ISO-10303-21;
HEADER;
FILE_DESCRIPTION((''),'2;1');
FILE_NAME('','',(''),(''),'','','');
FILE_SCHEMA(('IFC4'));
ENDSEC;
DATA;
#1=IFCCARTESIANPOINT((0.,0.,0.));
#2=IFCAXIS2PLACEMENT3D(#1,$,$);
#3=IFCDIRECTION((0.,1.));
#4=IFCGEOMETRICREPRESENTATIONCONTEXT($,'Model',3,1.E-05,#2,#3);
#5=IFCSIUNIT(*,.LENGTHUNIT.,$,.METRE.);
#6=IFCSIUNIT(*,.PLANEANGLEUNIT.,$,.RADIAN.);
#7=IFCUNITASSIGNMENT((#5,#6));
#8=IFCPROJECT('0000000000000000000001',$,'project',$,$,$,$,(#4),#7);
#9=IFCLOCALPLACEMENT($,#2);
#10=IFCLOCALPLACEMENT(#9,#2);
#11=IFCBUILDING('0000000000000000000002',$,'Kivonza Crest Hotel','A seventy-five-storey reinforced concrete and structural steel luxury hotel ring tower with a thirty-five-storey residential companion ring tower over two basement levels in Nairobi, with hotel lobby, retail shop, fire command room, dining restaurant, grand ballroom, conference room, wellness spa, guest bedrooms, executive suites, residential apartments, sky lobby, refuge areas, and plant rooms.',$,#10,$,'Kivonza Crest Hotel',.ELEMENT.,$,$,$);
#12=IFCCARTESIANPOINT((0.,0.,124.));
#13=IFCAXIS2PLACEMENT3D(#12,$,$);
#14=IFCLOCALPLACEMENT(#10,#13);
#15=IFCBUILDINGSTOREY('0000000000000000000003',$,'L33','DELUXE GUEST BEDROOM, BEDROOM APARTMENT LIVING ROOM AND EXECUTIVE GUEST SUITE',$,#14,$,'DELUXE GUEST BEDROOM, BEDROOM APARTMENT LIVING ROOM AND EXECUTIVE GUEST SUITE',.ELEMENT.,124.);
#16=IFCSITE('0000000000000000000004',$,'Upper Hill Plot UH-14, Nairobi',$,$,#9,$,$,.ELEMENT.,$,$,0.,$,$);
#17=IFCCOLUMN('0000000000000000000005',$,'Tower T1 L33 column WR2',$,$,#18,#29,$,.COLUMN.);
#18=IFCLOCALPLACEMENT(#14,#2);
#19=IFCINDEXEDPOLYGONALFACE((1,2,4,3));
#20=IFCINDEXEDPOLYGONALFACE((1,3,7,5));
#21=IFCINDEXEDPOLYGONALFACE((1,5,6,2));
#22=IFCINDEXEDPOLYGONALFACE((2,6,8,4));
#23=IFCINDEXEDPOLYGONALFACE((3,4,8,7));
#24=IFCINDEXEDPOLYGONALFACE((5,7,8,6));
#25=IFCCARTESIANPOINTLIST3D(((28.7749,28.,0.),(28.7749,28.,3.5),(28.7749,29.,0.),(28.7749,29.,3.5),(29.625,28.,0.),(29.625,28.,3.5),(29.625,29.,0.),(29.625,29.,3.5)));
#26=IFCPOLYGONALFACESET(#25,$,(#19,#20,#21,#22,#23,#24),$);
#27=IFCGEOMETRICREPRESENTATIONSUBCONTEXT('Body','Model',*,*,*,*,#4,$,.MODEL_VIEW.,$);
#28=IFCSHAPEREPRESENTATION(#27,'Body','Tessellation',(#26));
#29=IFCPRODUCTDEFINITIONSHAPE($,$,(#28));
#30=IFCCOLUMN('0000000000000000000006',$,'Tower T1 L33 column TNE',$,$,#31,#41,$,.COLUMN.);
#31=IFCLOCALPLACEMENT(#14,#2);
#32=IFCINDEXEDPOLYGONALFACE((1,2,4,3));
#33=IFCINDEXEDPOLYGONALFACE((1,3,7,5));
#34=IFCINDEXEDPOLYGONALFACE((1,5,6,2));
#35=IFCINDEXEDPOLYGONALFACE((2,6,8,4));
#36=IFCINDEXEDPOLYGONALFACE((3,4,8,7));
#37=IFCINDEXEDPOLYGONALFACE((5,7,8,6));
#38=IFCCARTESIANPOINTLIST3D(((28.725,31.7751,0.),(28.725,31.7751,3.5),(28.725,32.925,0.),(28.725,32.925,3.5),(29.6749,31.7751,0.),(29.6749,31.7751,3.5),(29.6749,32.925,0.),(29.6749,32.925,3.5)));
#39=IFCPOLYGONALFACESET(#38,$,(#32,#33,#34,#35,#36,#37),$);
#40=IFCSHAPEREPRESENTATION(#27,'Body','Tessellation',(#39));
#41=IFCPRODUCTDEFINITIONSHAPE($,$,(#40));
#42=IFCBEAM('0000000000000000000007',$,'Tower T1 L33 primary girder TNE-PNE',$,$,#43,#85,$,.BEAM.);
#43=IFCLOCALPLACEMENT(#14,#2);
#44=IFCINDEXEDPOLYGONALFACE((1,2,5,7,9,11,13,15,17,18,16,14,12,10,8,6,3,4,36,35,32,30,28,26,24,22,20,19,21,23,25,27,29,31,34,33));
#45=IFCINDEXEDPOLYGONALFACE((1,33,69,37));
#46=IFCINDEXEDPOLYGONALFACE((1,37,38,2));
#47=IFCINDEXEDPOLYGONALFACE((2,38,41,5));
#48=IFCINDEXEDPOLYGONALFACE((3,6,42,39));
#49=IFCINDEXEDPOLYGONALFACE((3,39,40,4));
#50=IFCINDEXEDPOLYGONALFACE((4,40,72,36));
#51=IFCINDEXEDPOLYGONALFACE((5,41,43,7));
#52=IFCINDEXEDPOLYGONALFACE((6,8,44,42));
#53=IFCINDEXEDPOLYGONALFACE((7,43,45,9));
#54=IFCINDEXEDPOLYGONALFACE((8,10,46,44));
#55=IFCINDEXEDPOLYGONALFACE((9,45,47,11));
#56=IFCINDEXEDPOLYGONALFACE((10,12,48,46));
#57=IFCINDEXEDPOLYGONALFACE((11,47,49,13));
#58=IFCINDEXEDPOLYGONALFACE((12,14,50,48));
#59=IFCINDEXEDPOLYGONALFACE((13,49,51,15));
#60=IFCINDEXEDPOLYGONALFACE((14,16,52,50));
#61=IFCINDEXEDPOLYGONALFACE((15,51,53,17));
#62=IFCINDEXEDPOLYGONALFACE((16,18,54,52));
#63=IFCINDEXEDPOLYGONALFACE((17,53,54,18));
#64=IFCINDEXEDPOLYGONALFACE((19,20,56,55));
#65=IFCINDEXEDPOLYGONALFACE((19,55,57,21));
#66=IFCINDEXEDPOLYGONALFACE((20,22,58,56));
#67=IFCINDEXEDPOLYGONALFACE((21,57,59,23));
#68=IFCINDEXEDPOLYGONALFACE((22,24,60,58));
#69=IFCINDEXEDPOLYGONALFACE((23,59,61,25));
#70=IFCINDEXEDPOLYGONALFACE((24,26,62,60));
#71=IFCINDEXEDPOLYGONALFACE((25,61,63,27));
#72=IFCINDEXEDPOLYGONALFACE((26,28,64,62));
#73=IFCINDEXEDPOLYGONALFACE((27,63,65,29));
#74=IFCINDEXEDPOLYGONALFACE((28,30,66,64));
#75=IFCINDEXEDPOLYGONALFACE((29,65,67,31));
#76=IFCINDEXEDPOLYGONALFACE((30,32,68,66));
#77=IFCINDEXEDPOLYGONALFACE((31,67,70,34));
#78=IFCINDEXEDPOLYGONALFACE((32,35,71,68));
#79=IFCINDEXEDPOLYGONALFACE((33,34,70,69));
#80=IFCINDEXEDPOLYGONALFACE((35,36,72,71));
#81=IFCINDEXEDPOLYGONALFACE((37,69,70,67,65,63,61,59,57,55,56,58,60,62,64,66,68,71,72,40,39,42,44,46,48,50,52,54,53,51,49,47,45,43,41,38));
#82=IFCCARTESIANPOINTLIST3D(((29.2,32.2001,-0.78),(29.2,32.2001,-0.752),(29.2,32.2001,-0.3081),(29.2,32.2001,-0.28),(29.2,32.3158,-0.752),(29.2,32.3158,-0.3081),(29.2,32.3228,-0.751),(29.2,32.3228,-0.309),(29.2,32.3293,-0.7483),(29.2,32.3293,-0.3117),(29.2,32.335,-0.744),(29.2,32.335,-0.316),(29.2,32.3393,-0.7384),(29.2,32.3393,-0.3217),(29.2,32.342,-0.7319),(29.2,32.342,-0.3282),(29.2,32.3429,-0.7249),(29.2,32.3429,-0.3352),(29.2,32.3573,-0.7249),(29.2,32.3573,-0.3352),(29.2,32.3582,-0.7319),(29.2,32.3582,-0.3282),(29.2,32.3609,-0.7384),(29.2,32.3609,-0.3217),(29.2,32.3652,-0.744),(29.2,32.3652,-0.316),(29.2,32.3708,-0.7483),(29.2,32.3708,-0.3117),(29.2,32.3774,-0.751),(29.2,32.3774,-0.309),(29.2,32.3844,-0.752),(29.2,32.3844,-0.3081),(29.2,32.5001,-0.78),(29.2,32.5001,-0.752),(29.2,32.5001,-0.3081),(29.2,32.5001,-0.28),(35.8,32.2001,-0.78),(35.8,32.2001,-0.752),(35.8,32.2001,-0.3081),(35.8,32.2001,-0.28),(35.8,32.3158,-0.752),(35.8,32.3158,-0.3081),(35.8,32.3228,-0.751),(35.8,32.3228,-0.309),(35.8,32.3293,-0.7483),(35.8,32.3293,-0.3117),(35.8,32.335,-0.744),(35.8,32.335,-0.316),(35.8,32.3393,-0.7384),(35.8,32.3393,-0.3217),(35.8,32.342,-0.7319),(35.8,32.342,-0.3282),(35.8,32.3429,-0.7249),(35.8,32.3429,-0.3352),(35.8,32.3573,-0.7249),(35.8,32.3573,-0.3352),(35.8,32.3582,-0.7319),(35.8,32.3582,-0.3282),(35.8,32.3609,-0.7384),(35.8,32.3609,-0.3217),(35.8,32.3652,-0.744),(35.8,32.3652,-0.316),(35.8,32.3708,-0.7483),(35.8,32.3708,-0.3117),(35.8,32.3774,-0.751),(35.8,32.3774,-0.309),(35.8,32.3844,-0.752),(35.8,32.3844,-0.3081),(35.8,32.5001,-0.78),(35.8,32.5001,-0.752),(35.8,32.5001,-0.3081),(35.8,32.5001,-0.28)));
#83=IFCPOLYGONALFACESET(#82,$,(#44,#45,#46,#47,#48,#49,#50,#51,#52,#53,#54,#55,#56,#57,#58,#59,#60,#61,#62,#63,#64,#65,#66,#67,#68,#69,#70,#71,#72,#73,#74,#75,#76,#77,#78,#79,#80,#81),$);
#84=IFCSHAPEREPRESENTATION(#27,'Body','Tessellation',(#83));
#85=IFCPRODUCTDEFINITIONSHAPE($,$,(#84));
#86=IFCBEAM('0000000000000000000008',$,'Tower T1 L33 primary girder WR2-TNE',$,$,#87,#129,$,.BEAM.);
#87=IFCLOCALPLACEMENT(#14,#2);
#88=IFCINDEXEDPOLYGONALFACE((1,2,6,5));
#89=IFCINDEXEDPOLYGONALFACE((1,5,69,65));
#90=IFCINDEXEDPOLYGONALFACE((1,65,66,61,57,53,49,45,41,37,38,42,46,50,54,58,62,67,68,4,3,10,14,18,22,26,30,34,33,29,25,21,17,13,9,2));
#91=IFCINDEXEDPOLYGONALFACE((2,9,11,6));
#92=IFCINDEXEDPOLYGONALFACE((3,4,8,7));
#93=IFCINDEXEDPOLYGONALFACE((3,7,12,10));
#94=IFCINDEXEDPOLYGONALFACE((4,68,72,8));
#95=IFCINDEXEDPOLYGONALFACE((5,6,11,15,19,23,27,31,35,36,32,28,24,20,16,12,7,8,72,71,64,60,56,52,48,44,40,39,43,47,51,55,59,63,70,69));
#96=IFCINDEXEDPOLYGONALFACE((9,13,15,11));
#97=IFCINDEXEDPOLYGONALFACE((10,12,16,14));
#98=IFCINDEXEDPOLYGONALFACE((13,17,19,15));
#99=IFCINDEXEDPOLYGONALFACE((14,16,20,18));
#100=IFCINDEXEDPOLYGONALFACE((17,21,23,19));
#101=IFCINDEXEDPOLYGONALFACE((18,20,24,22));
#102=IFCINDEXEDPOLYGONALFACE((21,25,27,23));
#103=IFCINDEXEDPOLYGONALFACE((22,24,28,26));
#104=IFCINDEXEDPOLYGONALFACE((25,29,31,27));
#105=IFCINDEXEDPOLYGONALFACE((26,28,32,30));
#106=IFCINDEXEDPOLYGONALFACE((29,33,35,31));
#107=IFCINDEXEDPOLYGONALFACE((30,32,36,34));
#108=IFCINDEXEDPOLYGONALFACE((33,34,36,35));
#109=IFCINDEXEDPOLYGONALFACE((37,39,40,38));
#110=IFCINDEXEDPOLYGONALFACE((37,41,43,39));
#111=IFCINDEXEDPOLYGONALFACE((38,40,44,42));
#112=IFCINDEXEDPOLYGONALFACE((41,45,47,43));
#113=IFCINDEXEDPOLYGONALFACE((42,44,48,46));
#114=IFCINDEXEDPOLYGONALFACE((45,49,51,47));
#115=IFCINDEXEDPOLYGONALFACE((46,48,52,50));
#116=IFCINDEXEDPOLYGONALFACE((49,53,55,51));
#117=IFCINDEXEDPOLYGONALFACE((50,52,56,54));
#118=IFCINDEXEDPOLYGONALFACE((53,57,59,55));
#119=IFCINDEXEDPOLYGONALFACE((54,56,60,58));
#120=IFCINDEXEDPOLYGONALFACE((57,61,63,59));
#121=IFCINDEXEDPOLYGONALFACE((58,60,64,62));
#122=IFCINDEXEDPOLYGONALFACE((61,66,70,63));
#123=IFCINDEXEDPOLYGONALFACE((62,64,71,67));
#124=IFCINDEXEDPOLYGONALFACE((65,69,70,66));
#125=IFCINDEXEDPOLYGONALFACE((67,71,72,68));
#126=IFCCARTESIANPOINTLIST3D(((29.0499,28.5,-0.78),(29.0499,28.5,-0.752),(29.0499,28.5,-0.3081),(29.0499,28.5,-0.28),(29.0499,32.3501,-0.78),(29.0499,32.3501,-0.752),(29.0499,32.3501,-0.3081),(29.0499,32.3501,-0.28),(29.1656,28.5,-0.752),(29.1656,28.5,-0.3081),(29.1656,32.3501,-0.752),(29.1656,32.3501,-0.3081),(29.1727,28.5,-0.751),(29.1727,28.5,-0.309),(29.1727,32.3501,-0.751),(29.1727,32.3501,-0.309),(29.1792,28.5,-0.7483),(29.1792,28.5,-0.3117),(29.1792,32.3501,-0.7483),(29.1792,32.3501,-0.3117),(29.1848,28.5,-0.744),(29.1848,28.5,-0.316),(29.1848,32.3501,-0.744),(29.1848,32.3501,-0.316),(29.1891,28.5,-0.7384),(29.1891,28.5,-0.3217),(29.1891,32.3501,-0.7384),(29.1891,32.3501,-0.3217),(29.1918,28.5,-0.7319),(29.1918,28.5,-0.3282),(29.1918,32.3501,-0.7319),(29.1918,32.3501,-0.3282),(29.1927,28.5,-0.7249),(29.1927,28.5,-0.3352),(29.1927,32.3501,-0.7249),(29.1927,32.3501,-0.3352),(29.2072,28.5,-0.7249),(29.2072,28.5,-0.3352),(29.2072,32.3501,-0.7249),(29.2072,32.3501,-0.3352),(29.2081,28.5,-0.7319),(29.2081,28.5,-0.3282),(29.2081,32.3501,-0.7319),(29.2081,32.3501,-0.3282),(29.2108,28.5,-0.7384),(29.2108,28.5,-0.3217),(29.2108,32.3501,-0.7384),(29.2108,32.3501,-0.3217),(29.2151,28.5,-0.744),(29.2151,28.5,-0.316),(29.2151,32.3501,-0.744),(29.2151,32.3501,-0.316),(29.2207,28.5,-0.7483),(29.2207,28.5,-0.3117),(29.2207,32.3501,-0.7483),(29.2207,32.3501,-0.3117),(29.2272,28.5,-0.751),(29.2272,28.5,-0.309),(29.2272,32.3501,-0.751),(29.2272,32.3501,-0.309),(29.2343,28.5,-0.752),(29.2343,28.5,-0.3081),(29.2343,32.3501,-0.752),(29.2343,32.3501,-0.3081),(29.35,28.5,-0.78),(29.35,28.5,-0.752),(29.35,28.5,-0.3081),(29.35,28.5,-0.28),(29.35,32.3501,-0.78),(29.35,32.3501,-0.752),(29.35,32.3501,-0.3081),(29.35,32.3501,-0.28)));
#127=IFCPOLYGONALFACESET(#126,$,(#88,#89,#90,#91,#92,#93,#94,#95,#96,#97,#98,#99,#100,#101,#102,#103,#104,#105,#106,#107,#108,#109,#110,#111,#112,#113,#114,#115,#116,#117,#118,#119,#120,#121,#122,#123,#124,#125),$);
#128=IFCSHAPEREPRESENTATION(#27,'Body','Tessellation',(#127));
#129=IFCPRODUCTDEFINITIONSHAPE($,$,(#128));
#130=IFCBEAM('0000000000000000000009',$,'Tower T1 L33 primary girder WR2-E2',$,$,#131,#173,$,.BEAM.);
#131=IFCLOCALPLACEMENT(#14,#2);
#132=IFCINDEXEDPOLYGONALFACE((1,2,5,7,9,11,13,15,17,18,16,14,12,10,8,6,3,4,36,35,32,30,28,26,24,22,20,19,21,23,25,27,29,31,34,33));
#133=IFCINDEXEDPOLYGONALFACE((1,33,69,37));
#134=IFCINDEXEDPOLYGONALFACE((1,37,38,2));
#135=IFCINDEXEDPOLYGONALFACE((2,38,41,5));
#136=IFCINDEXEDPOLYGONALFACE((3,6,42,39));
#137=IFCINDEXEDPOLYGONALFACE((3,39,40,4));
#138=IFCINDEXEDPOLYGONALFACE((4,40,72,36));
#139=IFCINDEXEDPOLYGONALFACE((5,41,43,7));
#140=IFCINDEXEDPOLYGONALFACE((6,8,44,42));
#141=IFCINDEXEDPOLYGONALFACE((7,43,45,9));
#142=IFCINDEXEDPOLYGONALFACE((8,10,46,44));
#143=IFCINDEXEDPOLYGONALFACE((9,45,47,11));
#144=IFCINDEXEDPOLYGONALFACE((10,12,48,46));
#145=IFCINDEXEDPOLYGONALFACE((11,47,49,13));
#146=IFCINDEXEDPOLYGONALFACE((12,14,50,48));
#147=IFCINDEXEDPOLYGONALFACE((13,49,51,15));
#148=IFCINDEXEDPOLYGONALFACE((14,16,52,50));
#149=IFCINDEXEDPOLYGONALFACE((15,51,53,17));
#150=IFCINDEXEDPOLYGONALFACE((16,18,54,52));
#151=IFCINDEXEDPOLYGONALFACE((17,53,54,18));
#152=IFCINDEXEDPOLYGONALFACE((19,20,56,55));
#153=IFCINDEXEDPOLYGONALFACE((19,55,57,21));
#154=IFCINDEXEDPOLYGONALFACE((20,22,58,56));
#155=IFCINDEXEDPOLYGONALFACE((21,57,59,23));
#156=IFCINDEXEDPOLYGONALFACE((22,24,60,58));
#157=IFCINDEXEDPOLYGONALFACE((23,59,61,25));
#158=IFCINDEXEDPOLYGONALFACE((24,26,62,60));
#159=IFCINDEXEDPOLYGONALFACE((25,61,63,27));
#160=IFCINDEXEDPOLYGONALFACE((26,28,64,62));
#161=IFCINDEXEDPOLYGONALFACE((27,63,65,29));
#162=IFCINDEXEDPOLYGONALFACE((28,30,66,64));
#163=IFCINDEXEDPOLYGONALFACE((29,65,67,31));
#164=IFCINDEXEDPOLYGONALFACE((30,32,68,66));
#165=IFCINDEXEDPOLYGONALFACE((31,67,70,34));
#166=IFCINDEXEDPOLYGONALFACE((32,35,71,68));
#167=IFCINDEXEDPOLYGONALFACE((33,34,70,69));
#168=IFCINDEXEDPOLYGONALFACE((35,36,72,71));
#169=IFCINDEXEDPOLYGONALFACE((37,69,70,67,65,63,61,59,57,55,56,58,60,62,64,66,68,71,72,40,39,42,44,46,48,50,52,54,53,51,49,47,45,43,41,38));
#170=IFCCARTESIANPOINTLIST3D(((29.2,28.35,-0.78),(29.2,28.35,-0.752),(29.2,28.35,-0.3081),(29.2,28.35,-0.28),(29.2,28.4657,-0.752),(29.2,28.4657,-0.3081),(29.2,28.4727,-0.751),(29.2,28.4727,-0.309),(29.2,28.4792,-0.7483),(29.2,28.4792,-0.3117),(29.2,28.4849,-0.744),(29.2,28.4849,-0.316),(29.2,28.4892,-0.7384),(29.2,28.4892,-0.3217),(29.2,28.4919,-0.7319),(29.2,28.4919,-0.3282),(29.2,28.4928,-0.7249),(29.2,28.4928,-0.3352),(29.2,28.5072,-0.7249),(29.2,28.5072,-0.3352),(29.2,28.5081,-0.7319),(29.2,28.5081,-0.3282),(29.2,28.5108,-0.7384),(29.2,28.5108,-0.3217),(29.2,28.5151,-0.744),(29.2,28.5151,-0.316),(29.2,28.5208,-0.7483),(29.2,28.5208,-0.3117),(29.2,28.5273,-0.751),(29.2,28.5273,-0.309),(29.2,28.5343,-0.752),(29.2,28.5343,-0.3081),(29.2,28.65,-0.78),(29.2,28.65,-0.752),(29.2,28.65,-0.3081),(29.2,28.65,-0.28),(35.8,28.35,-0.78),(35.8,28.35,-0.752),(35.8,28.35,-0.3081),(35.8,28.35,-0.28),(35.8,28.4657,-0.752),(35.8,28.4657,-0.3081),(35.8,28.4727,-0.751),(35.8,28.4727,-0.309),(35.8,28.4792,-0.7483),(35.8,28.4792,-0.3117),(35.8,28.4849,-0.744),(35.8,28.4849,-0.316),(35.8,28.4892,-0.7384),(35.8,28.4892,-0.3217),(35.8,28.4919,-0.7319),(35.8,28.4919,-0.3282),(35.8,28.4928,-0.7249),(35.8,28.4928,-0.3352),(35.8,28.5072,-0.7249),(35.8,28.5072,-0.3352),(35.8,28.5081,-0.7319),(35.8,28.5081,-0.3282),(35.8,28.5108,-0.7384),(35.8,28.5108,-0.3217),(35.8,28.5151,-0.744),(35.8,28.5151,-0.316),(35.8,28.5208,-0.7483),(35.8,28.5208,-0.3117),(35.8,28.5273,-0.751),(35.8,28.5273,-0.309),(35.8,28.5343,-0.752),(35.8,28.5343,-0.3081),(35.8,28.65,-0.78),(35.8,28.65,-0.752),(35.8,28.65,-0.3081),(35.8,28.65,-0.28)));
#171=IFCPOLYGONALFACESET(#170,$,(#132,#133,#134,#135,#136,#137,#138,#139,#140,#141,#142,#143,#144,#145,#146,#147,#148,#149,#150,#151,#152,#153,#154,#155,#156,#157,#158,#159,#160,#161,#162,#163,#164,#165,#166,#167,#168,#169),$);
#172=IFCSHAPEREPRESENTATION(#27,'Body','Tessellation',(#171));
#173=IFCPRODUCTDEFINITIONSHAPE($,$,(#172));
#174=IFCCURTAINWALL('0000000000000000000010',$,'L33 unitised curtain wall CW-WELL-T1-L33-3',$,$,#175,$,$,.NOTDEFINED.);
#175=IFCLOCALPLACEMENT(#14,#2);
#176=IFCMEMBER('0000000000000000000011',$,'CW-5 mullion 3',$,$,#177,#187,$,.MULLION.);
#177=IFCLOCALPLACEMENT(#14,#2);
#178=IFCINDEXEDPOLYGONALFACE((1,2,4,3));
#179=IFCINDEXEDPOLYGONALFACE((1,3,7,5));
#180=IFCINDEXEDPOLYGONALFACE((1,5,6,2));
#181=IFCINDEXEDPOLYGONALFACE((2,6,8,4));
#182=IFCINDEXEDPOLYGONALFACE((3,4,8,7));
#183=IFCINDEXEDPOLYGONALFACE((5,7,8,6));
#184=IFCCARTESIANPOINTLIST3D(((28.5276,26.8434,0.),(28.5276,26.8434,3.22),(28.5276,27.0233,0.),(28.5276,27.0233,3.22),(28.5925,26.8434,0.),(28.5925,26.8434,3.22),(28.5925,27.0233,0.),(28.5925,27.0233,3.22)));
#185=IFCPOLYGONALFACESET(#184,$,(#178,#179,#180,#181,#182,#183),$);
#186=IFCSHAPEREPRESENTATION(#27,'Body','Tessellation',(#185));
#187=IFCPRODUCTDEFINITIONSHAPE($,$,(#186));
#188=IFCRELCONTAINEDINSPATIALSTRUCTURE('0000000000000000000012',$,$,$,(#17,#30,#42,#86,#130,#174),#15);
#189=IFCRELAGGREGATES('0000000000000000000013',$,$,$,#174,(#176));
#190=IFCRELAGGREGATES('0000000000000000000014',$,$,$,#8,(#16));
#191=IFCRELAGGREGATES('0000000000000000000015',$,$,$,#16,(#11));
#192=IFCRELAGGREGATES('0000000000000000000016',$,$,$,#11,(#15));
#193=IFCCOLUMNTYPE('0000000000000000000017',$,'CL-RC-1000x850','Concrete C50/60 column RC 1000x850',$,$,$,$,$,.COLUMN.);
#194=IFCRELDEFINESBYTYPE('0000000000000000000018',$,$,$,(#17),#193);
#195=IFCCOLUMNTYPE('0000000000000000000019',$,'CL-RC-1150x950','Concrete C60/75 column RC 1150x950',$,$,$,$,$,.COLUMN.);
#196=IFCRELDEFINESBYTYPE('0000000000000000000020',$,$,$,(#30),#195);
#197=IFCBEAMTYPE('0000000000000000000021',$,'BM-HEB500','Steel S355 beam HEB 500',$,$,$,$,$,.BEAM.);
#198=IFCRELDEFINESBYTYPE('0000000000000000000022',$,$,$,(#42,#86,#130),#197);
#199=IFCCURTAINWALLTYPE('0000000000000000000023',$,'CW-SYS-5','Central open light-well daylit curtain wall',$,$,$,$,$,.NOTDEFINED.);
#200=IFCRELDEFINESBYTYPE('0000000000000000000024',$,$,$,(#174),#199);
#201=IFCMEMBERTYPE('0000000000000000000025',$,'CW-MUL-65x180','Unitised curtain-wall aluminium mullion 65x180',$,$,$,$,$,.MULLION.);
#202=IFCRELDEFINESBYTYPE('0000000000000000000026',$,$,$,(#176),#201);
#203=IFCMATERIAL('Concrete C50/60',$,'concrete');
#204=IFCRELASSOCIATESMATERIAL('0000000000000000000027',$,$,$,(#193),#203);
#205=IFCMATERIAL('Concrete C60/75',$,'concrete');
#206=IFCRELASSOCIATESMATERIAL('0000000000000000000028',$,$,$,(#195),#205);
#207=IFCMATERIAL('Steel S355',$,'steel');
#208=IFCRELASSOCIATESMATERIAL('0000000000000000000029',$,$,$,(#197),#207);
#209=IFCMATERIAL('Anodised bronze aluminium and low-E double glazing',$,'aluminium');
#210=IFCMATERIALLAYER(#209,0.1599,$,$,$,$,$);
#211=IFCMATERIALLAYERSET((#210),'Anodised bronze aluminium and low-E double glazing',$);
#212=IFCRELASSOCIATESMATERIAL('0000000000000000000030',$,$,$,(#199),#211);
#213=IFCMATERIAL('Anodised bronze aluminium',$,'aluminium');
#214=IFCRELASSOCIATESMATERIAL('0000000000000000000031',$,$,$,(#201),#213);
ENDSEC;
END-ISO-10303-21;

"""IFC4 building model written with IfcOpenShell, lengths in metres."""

from ifc_helpers import new_model, si_unit, direction, frame, origin, origin_2d, place, context, subcontext, project, spatial, rectangle, i_section, extrude, material, layer, layer_set, material_profile, profile_set, type_object, element, aggregate, save


model = new_model("IFC4")

# Units and contexts
model_context = context("Model", 3, precision=1e-05, world=origin(), true_north=direction((0.0, 1.0)))
body_context = subcontext(model_context, "Body", "Model", "MODEL_VIEW")
ifc_project = project(units=[si_unit("LENGTHUNIT", "METRE"), si_unit("PLANEANGLEUNIT", "RADIAN")], contexts=[model_context])

# Site, building, storey
site_placement = place(None, origin())
site = spatial("IfcSite", under=ifc_project, at=site_placement, Name="Upper Hill Plot UH-14, Nairobi", CompositionType="ELEMENT", RefElevation=0.0)
building_placement = place(site_placement, origin())
building = spatial("IfcBuilding", under=site, at=building_placement, Name="Kivonza Crest Hotel", Description="A seventy-five-storey reinforced concrete and structural steel luxury hotel ring tower with a thirty-five-storey residential companion ring tower over two basement levels in Nairobi, with hotel lobby, retail shop, fire command room, dining restaurant, grand ballroom, conference room, wellness spa, guest bedrooms, executive suites, residential apartments, sky lobby, refuge areas, and plant rooms.", LongName="Kivonza Crest Hotel", CompositionType="ELEMENT")
storey_placement = place(building_placement, frame((0.0, 0.0, 124.0)))
storey = spatial("IfcBuildingStorey", under=building, at=storey_placement, Name="L33", Description="DELUXE GUEST BEDROOM, BEDROOM APARTMENT LIVING ROOM AND EXECUTIVE GUEST SUITE", LongName="DELUXE GUEST BEDROOM, BEDROOM APARTMENT LIVING ROOM AND EXECUTIVE GUEST SUITE", CompositionType="ELEMENT", Elevation=124.0)

# Columns
ifc_material_1 = material(Name="Concrete C50/60", Category="concrete")
ifc_material_profile_1 = material_profile(ifc_material_1, rectangle(XDim=0.8501, YDim=1.0, at=origin_2d()), Name="RC 1000x850")
ifc_profile_set_1 = profile_set([ifc_material_profile_1], Name="Concrete C50/60")
column_type_1 = type_object("IfcColumnType", Name="CL-RC-1000x850", Description="Concrete C50/60 column RC 1000x850", PredefinedType="COLUMN", material=ifc_profile_set_1)
column_1_placement = place(storey_placement, frame((29.2, 28.5, 0.0), z_axis=(0.0, 0.0, 1.0), x_axis=(1.0, 0.0, 0.0)))
element("IfcColumn", 1, at=column_1_placement, inside=storey, type_object=column_type_1, Name="Tower T1 L33 column WR2", PredefinedType="COLUMN", context=body_context, shape_type="SweptSolid", body=[
    extrude(rectangle(XDim=0.8501, YDim=1.0, at=origin_2d()), origin(), (0.0, 0.0, 1.0), 3.5),
])
ifc_material_2 = material(Name="Concrete C60/75", Category="concrete")
ifc_material_profile_2 = material_profile(ifc_material_2, rectangle(XDim=0.95, YDim=1.1499, at=origin_2d()), Name="RC 1150x950")
ifc_profile_set_2 = profile_set([ifc_material_profile_2], Name="Concrete C60/75")
column_type_2 = type_object("IfcColumnType", Name="CL-RC-1150x950", Description="Concrete C60/75 column RC 1150x950", PredefinedType="COLUMN", material=ifc_profile_set_2)
column_2_placement = place(storey_placement, frame((29.2, 32.3501, 0.0), z_axis=(0.0, 0.0, 1.0), x_axis=(1.0, 0.0, 0.0)))
element("IfcColumn", 2, at=column_2_placement, inside=storey, type_object=column_type_2, Name="Tower T1 L33 column TNE", PredefinedType="COLUMN", context=body_context, shape_type="SweptSolid", body=[
    extrude(rectangle(XDim=0.95, YDim=1.1499, at=origin_2d()), origin(), (0.0, 0.0, 1.0), 3.5),
])

# Beams
ifc_material_3 = material(Name="Steel S355", Category="steel")
ifc_material_profile_3 = material_profile(ifc_material_3, i_section(OverallWidth=0.3, OverallDepth=0.5, WebThickness=0.0144, FlangeThickness=0.0281, FilletRadius=0.0271, at=origin_2d()), Name="HEB 500")
ifc_profile_set_3 = profile_set([ifc_material_profile_3], Name="Steel S355")
beam_type = type_object("IfcBeamType", Name="BM-HEB500", Description="Steel S355 beam HEB 500", PredefinedType="BEAM", material=ifc_profile_set_3)
beam_1_placement = place(storey_placement, frame((29.2, 32.3501, -0.53), z_axis=(1.0, 0.0, 0.0), x_axis=(0.0, 1.0, 0.0)))
element("IfcBeam", 3, at=beam_1_placement, inside=storey, type_object=beam_type, Name="Tower T1 L33 primary girder TNE-PNE", PredefinedType="BEAM", context=body_context, shape_type="SweptSolid", body=[
    extrude(i_section(OverallWidth=0.3, OverallDepth=0.5, WebThickness=0.0144, FlangeThickness=0.0281, FilletRadius=0.0271, at=origin_2d()), origin(), (0.0, 0.0, 1.0), 6.6001),
])
beam_2_placement = place(storey_placement, frame((29.2, 28.5, -0.53), z_axis=(0.0, 1.0, 0.0), x_axis=(-1.0, 0.0, 0.0)))
element("IfcBeam", 4, at=beam_2_placement, inside=storey, type_object=beam_type, Name="Tower T1 L33 primary girder WR2-TNE", PredefinedType="BEAM", context=body_context, shape_type="SweptSolid", body=[
    extrude(i_section(OverallWidth=0.3, OverallDepth=0.5, WebThickness=0.0144, FlangeThickness=0.0281, FilletRadius=0.0271, at=origin_2d()), origin(), (0.0, 0.0, 1.0), 3.8501),
])
beam_3_placement = place(storey_placement, frame((29.2, 28.5, -0.53), z_axis=(1.0, 0.0, 0.0), x_axis=(0.0, 1.0, 0.0)))
element("IfcBeam", 5, at=beam_3_placement, inside=storey, type_object=beam_type, Name="Tower T1 L33 primary girder WR2-E2", PredefinedType="BEAM", context=body_context, shape_type="SweptSolid", body=[
    extrude(i_section(OverallWidth=0.3, OverallDepth=0.5, WebThickness=0.0144, FlangeThickness=0.0281, FilletRadius=0.0271, at=origin_2d()), origin(), (0.0, 0.0, 1.0), 6.6001),
])

# Curtain wall, member
ifc_material_4 = material(Name="Anodised bronze aluminium and low-E double glazing", Category="aluminium")
ifc_layer_1 = layer(ifc_material_4, 0.1599)
ifc_layer_set_1 = layer_set([ifc_layer_1], Name="Anodised bronze aluminium and low-E double glazing")
curtain_wall_type = type_object("IfcCurtainWallType", Name="CW-SYS-5", Description="Central open light-well daylit curtain wall", PredefinedType="NOTDEFINED", material=ifc_layer_set_1)
curtain_wall_placement = place(storey_placement, origin())
curtain_wall = element("IfcCurtainWall", 6, at=curtain_wall_placement, inside=storey, type_object=curtain_wall_type, Name="L33 unitised curtain wall CW-WELL-T1-L33-3", PredefinedType="NOTDEFINED")
ifc_material_5 = material(Name="Anodised bronze aluminium", Category="aluminium")
ifc_material_profile_4 = material_profile(ifc_material_5, rectangle(XDim=0.0649, YDim=0.1799, at=origin_2d()), Name="CW-M 65x180")
ifc_profile_set_4 = profile_set([ifc_material_profile_4], Name="Anodised bronze aluminium")
member_type_1 = type_object("IfcMemberType", Name="CW-MUL-65x180", Description="Unitised curtain-wall aluminium mullion 65x180", PredefinedType="MULLION", material=ifc_profile_set_4)
member_1_placement = place(storey_placement, frame((28.5601, 26.9333, 0.0), z_axis=(0.0, 0.0, 1.0), x_axis=(-1.0, 0.0, 0.0)))
member_1 = element("IfcMember", 7, at=member_1_placement, type_object=member_type_1, Name="CW-5 mullion 3", PredefinedType="MULLION", context=body_context, shape_type="SweptSolid", body=[
    extrude(rectangle(XDim=0.0649, YDim=0.1799, at=origin_2d()), origin(), (0.0, 0.0, 1.0), 3.22),
])
aggregate(curtain_wall, [member_1])

save(model, "model.ifc")
